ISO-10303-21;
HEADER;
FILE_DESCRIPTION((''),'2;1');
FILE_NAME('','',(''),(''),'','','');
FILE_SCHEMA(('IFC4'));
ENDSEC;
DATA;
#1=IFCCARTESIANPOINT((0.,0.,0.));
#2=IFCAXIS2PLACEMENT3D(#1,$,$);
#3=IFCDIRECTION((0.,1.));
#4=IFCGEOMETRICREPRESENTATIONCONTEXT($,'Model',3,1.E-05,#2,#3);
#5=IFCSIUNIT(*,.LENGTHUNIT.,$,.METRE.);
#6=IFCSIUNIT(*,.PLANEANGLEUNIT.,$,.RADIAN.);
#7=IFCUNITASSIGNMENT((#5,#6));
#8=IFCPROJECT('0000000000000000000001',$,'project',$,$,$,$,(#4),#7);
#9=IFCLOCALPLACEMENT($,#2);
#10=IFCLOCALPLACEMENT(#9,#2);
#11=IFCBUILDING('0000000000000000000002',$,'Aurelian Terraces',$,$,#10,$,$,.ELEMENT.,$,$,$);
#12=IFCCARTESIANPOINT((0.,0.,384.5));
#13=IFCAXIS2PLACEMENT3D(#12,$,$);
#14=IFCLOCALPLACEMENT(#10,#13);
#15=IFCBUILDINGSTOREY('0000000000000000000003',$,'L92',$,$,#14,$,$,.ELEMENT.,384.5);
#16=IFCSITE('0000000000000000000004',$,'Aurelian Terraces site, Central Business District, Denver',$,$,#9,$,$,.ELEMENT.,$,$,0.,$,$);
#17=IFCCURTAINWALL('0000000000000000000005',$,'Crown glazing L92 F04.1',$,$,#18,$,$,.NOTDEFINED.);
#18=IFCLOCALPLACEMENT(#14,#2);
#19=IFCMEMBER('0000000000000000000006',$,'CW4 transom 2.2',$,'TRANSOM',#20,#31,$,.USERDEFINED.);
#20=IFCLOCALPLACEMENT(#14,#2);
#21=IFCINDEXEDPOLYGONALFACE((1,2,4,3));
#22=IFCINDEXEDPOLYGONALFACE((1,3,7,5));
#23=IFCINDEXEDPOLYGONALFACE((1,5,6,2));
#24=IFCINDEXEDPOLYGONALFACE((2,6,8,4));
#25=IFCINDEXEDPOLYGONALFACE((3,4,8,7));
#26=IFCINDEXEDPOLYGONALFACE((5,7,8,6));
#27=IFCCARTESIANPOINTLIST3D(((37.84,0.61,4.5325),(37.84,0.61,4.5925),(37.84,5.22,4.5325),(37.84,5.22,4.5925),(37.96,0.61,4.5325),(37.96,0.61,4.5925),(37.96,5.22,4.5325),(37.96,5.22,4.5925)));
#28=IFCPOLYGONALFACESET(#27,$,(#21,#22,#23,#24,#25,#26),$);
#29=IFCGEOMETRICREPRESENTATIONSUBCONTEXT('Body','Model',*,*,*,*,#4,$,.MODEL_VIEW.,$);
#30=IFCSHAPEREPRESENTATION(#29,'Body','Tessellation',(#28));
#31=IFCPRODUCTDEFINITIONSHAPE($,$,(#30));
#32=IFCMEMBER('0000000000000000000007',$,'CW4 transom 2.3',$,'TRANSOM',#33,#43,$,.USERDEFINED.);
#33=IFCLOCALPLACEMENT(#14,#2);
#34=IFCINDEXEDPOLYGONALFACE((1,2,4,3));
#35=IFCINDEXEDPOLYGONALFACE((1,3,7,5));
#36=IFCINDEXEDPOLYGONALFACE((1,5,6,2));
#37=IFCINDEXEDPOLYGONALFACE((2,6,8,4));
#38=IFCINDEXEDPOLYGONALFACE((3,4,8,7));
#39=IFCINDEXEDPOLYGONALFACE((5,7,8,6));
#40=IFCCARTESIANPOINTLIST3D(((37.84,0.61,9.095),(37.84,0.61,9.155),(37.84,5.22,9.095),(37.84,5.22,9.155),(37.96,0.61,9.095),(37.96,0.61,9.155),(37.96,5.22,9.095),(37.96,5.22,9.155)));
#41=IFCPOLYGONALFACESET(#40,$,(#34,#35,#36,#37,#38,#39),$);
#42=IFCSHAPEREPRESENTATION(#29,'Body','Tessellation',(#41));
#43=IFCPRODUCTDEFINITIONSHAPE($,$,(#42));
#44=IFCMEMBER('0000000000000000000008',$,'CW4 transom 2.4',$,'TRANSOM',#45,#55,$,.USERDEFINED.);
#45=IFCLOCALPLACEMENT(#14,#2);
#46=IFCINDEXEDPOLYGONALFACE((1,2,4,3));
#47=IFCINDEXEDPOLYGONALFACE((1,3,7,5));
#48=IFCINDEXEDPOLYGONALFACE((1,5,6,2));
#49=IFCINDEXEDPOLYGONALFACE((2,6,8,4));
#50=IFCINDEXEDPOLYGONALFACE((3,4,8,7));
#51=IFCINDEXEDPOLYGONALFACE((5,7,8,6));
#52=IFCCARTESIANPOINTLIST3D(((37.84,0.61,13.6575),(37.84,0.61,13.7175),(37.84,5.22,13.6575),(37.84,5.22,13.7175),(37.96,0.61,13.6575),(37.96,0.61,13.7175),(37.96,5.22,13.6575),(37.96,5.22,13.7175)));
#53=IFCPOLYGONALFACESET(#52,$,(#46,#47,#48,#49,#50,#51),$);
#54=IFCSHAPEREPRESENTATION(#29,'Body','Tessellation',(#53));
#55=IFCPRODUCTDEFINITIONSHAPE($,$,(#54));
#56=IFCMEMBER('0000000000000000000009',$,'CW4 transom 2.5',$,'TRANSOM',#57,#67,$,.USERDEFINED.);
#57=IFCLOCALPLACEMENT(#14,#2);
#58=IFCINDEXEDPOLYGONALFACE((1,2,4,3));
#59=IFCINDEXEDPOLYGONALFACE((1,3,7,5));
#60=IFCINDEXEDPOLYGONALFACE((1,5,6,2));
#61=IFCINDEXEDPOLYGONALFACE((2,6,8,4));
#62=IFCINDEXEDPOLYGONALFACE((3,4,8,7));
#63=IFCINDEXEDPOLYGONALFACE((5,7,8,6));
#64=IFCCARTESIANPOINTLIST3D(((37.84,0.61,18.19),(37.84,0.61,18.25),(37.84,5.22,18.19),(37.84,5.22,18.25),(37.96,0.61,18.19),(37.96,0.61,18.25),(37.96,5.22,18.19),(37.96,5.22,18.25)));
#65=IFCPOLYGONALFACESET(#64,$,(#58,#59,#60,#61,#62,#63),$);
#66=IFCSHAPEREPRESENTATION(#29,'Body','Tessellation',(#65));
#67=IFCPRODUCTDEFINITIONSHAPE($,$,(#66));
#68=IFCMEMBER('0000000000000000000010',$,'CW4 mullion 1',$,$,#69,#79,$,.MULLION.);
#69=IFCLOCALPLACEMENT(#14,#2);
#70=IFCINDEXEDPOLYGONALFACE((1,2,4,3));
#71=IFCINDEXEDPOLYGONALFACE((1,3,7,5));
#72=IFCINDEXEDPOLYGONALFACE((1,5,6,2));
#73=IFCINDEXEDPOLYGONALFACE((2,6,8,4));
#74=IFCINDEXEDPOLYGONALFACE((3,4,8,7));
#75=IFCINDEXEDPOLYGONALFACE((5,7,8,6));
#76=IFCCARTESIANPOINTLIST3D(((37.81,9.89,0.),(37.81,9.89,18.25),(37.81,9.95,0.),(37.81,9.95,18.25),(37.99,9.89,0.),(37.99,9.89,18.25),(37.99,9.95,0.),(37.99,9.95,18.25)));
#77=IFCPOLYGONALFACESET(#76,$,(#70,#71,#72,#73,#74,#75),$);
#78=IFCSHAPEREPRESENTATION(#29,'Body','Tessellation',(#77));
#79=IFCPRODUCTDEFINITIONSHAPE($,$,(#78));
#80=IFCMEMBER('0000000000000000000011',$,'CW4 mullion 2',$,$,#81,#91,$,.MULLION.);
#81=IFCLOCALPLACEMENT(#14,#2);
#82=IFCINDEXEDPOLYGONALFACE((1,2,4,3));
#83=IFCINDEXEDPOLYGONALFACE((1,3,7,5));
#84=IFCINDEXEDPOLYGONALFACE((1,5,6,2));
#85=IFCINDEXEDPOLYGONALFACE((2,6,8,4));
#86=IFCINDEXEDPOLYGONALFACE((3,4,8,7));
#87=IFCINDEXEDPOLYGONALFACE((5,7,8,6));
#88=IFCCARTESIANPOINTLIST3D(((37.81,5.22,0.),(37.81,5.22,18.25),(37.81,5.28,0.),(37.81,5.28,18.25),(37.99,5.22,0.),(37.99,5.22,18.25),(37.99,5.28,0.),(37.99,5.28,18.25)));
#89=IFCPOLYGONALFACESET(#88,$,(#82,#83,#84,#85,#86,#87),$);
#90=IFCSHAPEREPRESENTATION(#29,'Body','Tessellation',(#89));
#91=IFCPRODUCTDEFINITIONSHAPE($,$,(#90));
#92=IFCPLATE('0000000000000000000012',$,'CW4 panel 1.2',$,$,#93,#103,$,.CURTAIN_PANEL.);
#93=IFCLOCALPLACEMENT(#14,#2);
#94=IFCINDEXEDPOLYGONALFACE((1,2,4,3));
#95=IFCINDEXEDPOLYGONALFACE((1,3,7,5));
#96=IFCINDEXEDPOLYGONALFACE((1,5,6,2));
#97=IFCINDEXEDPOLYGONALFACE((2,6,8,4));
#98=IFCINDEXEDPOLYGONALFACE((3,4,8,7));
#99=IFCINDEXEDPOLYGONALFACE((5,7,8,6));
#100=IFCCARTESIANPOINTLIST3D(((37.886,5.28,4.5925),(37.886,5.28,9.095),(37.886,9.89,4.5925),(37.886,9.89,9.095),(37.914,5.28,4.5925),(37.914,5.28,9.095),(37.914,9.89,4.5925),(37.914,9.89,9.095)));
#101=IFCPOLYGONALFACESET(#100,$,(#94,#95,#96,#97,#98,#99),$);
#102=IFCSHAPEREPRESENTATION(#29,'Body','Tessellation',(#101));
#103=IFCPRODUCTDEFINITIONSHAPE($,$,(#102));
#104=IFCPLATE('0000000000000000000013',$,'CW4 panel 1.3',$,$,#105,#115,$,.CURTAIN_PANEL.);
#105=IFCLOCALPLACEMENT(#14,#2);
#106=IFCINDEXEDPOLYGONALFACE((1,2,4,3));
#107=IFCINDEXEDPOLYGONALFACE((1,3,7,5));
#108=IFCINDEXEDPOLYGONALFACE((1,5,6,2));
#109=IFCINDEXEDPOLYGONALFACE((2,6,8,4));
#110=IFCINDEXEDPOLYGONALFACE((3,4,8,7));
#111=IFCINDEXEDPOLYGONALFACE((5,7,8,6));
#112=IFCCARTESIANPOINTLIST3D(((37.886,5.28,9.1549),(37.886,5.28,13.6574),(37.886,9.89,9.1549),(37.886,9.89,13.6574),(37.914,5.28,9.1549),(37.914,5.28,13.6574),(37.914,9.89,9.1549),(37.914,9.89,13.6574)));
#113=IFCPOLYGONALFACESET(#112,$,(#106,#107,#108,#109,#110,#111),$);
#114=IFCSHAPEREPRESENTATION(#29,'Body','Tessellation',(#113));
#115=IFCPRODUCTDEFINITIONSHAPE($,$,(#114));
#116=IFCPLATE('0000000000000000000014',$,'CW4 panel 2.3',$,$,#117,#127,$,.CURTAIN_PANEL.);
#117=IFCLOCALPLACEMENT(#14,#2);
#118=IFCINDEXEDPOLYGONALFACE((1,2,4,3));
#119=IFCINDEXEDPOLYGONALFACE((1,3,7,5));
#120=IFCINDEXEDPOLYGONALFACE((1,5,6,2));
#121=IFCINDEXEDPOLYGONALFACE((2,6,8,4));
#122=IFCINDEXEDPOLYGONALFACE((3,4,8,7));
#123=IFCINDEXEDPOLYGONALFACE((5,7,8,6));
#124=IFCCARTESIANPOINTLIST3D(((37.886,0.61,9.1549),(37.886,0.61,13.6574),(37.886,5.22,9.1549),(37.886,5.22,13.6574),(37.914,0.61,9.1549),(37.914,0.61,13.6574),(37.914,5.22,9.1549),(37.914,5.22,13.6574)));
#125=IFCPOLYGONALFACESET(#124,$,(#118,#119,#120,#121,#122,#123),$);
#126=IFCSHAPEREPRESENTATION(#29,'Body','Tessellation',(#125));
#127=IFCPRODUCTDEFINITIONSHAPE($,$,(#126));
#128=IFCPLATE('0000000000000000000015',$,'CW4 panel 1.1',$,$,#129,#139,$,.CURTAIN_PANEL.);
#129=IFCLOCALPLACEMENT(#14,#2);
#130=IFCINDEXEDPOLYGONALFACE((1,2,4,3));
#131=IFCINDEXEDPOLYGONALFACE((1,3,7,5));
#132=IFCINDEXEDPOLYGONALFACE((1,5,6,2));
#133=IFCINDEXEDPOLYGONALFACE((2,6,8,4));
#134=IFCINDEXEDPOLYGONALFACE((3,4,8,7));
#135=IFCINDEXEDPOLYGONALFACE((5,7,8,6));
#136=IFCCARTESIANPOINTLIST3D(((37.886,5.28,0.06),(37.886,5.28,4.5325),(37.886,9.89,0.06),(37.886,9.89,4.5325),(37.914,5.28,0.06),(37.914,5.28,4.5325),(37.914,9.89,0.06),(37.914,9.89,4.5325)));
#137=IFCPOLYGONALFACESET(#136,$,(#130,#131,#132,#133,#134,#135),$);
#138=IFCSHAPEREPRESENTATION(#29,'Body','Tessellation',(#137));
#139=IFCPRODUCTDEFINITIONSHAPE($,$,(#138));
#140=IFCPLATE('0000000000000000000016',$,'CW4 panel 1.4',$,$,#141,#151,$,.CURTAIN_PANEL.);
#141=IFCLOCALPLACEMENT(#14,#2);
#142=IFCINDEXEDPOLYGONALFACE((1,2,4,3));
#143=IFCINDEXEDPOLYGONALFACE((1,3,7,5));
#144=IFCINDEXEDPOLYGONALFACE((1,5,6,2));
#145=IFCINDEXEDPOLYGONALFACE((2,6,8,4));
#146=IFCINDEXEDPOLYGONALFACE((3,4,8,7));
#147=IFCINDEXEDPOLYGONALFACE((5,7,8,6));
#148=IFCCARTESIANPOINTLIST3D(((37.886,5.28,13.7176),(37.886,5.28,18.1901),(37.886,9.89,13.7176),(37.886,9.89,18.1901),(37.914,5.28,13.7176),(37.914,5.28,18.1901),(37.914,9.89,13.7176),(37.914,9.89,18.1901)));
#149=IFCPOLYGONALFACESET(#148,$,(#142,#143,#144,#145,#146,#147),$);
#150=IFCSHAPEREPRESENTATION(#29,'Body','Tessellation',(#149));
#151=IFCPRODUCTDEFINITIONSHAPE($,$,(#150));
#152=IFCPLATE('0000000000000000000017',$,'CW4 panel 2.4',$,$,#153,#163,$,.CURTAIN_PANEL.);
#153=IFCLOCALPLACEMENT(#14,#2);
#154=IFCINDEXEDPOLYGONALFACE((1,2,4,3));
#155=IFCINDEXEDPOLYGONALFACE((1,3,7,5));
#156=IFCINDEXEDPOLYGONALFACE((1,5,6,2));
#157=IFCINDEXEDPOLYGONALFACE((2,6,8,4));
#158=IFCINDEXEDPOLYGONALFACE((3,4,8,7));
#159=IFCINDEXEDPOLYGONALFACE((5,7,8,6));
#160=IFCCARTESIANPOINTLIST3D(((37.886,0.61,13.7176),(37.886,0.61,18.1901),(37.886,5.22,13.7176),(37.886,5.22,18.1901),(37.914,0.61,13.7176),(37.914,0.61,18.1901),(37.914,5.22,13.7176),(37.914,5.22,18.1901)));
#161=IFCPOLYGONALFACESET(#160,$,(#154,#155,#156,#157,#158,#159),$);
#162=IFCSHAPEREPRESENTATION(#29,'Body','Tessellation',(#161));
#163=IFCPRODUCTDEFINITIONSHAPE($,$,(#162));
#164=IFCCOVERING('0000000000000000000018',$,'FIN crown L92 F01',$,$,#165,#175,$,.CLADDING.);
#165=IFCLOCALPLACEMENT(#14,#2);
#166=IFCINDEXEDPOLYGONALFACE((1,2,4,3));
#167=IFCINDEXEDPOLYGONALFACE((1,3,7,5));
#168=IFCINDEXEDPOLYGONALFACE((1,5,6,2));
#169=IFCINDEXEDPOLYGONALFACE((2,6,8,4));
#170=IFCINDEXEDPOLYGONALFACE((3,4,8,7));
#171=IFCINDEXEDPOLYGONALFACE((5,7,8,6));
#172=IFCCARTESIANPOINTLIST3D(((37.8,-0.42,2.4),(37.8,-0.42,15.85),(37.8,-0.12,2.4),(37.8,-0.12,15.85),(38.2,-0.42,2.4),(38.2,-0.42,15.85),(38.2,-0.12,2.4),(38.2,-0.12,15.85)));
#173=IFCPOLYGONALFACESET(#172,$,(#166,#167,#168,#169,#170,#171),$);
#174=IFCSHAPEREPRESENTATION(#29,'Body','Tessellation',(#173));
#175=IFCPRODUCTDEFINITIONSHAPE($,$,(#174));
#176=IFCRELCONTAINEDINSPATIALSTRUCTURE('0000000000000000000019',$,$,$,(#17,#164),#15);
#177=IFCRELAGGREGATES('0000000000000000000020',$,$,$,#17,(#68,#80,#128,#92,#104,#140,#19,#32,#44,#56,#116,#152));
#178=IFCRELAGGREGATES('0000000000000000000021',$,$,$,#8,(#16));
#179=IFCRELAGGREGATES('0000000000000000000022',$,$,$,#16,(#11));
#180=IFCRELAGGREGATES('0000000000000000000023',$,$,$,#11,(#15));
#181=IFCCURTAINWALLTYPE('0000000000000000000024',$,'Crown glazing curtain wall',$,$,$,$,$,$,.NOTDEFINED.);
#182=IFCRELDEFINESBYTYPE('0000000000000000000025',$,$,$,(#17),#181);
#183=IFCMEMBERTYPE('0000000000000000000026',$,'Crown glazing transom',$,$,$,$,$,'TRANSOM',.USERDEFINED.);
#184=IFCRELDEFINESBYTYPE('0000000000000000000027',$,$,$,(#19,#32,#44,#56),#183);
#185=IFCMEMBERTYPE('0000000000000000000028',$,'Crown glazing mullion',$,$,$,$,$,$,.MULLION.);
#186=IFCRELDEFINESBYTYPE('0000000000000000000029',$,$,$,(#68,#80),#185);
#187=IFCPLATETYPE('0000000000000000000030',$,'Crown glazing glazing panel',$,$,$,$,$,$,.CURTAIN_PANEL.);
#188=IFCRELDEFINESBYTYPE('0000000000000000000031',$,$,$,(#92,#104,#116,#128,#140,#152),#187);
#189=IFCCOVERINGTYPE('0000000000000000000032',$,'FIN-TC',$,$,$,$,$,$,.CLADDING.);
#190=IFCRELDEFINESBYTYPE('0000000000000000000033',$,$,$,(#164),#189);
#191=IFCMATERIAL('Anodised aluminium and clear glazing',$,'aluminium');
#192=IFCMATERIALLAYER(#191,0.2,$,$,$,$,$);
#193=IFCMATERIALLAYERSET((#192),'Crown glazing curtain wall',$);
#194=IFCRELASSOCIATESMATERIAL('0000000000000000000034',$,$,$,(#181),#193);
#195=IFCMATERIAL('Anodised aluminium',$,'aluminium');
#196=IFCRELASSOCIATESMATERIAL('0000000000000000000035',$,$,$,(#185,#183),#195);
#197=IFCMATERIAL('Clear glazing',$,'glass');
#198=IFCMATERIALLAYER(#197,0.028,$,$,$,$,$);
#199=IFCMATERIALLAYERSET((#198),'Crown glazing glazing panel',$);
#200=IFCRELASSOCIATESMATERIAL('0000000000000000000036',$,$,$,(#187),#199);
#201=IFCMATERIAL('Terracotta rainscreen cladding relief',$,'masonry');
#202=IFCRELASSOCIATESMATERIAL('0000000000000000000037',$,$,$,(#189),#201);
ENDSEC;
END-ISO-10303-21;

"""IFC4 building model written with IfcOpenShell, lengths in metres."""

from ifc_helpers import new_model, si_unit, direction, frame, origin, origin_2d, place, context, subcontext, project, spatial, rectangle, extrude, source, transform, mapped, material, layer, layer_set, material_profile, profile_set, type_object, element, aggregate, save


model = new_model("IFC4")

# Units and contexts
model_context = context("Model", 3, precision=1e-05, world=origin(), true_north=direction((0.0, 1.0)))
body_context = subcontext(model_context, "Body", "Model", "MODEL_VIEW")
ifc_project = project(units=[si_unit("LENGTHUNIT", "METRE"), si_unit("PLANEANGLEUNIT", "RADIAN")], contexts=[model_context])

# Site, building, storey
site_placement = place(None, origin())
site = spatial("IfcSite", under=ifc_project, at=site_placement, Name="Aurelian Terraces site, Central Business District, Denver", CompositionType="ELEMENT", RefElevation=0.0)
building_placement = place(site_placement, origin())
building = spatial("IfcBuilding", under=site, at=building_placement, Name="Aurelian Terraces", CompositionType="ELEMENT")
storey_placement = place(building_placement, frame((0.0, 0.0, 384.5)))
storey = spatial("IfcBuildingStorey", under=building, at=storey_placement, Name="L92", CompositionType="ELEMENT", Elevation=384.5)

# Shared definitions
ifc_material_1 = material(Name="Anodised aluminium and clear glazing", Category="aluminium")
ifc_layer_1 = layer(ifc_material_1, 0.2)
ifc_layer_set_1 = layer_set([ifc_layer_1], Name="Crown glazing curtain wall")
curtain_wall_type = type_object("IfcCurtainWallType", Name="Crown glazing curtain wall", PredefinedType="NOTDEFINED", material=ifc_layer_set_1)
ifc_material_2 = material(Name="Anodised aluminium", Category="aluminium")
ifc_material_profile_1 = material_profile(ifc_material_2, rectangle(XDim=0.18, YDim=0.06, at=origin_2d()))
ifc_profile_set_1 = profile_set([ifc_material_profile_1], Name="Anodised aluminium")
member_type_1 = type_object("IfcMemberType", Name="Crown glazing mullion", PredefinedType="MULLION", material=ifc_profile_set_1)
ifc_material_profile_2 = material_profile(ifc_material_2, rectangle(XDim=0.12, YDim=0.06, at=origin_2d()))
ifc_profile_set_2 = profile_set([ifc_material_profile_2], Name="Anodised aluminium")
member_type_2 = type_object("IfcMemberType", Name="Crown glazing transom", ElementType="TRANSOM", PredefinedType="USERDEFINED", material=ifc_profile_set_2)

# Curtain wall, members, plates
curtain_wall_1_placement = place(storey_placement, origin())
curtain_wall_1 = element("IfcCurtainWall", 1, at=curtain_wall_1_placement, inside=storey, type_object=curtain_wall_type, Name="Crown glazing L92 F04.1", PredefinedType="NOTDEFINED")
shared_shape_1 = source(origin(), body_context, "Body", "SweptSolid", [
    extrude(rectangle(XDim=0.12, YDim=0.06, at=origin_2d()), origin(), (0.0, 0.0, 1.0), 4.61),
])
member_1_placement = place(storey_placement, frame((37.9, 5.22, 4.5625), z_axis=(0.0, -1.0, 0.0), x_axis=(1.0, 0.0, 0.0)))
member_1 = element("IfcMember", 2, at=member_1_placement, type_object=member_type_2, Name="CW4 transom 2.2", ObjectType="TRANSOM", PredefinedType="USERDEFINED", context=body_context, shape_type="MappedRepresentation", body=[
    mapped(shared_shape_1, transform((0.0, 0.0, 0.0), scale=1.0)),
])
member_2_placement = place(storey_placement, frame((37.9, 5.22, 9.125), z_axis=(0.0, -1.0, 0.0), x_axis=(1.0, 0.0, 0.0)))
member_2 = element("IfcMember", 3, at=member_2_placement, type_object=member_type_2, Name="CW4 transom 2.3", ObjectType="TRANSOM", PredefinedType="USERDEFINED", context=body_context, shape_type="MappedRepresentation", body=[
    mapped(shared_shape_1, transform((0.0, 0.0, 0.0), scale=1.0)),
])
member_3_placement = place(storey_placement, frame((37.9, 5.22, 13.6875), z_axis=(0.0, -1.0, 0.0), x_axis=(1.0, 0.0, 0.0)))
member_3 = element("IfcMember", 4, at=member_3_placement, type_object=member_type_2, Name="CW4 transom 2.4", ObjectType="TRANSOM", PredefinedType="USERDEFINED", context=body_context, shape_type="MappedRepresentation", body=[
    mapped(shared_shape_1, transform((0.0, 0.0, 0.0), scale=1.0)),
])
member_4_placement = place(storey_placement, frame((37.9, 5.22, 18.22), z_axis=(0.0, -1.0, 0.0), x_axis=(1.0, 0.0, 0.0)))
member_4 = element("IfcMember", 5, at=member_4_placement, type_object=member_type_2, Name="CW4 transom 2.5", ObjectType="TRANSOM", PredefinedType="USERDEFINED", context=body_context, shape_type="MappedRepresentation", body=[
    mapped(shared_shape_1, transform((0.0, 0.0, 0.0), scale=1.0)),
])
shared_shape_2 = source(origin(), body_context, "Body", "SweptSolid", [
    extrude(rectangle(XDim=0.18, YDim=0.06, at=origin_2d()), origin(), (0.0, 0.0, 1.0), 18.25),
])
member_5_placement = place(storey_placement, frame((37.9, 9.92, 0.0), z_axis=(0.0, 0.0, 1.0), x_axis=(1.0, 0.0, 0.0)))
member_5 = element("IfcMember", 6, at=member_5_placement, type_object=member_type_1, Name="CW4 mullion 1", PredefinedType="MULLION", context=body_context, shape_type="MappedRepresentation", body=[
    mapped(shared_shape_2, transform((0.0, 0.0, 0.0), scale=1.0)),
])
member_6_placement = place(storey_placement, frame((37.9, 5.25, 0.0), z_axis=(0.0, 0.0, 1.0), x_axis=(1.0, 0.0, 0.0)))
member_6 = element("IfcMember", 7, at=member_6_placement, type_object=member_type_1, Name="CW4 mullion 2", PredefinedType="MULLION", context=body_context, shape_type="MappedRepresentation", body=[
    mapped(shared_shape_2, transform((0.0, 0.0, 0.0), scale=1.0)),
])
ifc_material_3 = material(Name="Clear glazing", Category="glass")
ifc_layer_2 = layer(ifc_material_3, 0.028)
ifc_layer_set_2 = layer_set([ifc_layer_2], Name="Crown glazing glazing panel")
plate_type = type_object("IfcPlateType", Name="Crown glazing glazing panel", PredefinedType="CURTAIN_PANEL", material=ifc_layer_set_2)
shared_shape_3 = source(origin(), body_context, "Body", "SweptSolid", [
    extrude(rectangle(XDim=4.61, YDim=0.028, at=origin_2d()), origin(), (0.0, 0.0, 1.0), 4.5025),
])
plate_1_placement = place(storey_placement, frame((37.9, 7.585, 4.5925), z_axis=(0.0, 0.0, 1.0), x_axis=(0.0, -1.0, 0.0)))
plate_1 = element("IfcPlate", 8, at=plate_1_placement, type_object=plate_type, Name="CW4 panel 1.2", PredefinedType="CURTAIN_PANEL", context=body_context, shape_type="MappedRepresentation", body=[
    mapped(shared_shape_3, transform((0.0, 0.0, 0.0), scale=1.0)),
])
plate_2_placement = place(storey_placement, frame((37.9, 7.585, 9.1549), z_axis=(0.0, 0.0, 1.0), x_axis=(0.0, -1.0, 0.0)))
plate_2 = element("IfcPlate", 9, at=plate_2_placement, type_object=plate_type, Name="CW4 panel 1.3", PredefinedType="CURTAIN_PANEL", context=body_context, shape_type="MappedRepresentation", body=[
    mapped(shared_shape_3, transform((0.0, 0.0, 0.0), scale=1.0)),
])
plate_3_placement = place(storey_placement, frame((37.9, 2.915, 9.1549), z_axis=(0.0, 0.0, 1.0), x_axis=(0.0, -1.0, 0.0)))
plate_3 = element("IfcPlate", 10, at=plate_3_placement, type_object=plate_type, Name="CW4 panel 2.3", PredefinedType="CURTAIN_PANEL", context=body_context, shape_type="MappedRepresentation", body=[
    mapped(shared_shape_3, transform((0.0, 0.0, 0.0), scale=1.0)),
])
shared_shape_4 = source(origin(), body_context, "Body", "SweptSolid", [
    extrude(rectangle(XDim=4.61, YDim=0.028, at=origin_2d()), origin(), (0.0, 0.0, 1.0), 4.4725),
])
plate_4_placement = place(storey_placement, frame((37.9, 7.585, 0.06), z_axis=(0.0, 0.0, 1.0), x_axis=(0.0, -1.0, 0.0)))
plate_4 = element("IfcPlate", 11, at=plate_4_placement, type_object=plate_type, Name="CW4 panel 1.1", PredefinedType="CURTAIN_PANEL", context=body_context, shape_type="MappedRepresentation", body=[
    mapped(shared_shape_4, transform((0.0, 0.0, 0.0), scale=1.0)),
])
plate_5_placement = place(storey_placement, frame((37.9, 7.585, 13.7176), z_axis=(0.0, 0.0, 1.0), x_axis=(0.0, -1.0, 0.0)))
plate_5 = element("IfcPlate", 12, at=plate_5_placement, type_object=plate_type, Name="CW4 panel 1.4", PredefinedType="CURTAIN_PANEL", context=body_context, shape_type="MappedRepresentation", body=[
    mapped(shared_shape_4, transform((0.0, 0.0, 0.0), scale=1.0)),
])
plate_6_placement = place(storey_placement, frame((37.9, 2.915, 13.7176), z_axis=(0.0, 0.0, 1.0), x_axis=(0.0, -1.0, 0.0)))
plate_6 = element("IfcPlate", 13, at=plate_6_placement, type_object=plate_type, Name="CW4 panel 2.4", PredefinedType="CURTAIN_PANEL", context=body_context, shape_type="MappedRepresentation", body=[
    mapped(shared_shape_4, transform((0.0, 0.0, 0.0), scale=1.0)),
])
aggregate(curtain_wall_1, [member_5, member_6, plate_4, plate_1, plate_2, plate_5, member_1, member_2, member_3, member_4, plate_3, plate_6])

# Covering
ifc_material_4 = material(Name="Terracotta rainscreen cladding relief", Category="masonry")
covering_type = type_object("IfcCoveringType", Name="FIN-TC", PredefinedType="CLADDING", material=ifc_material_4)
covering_placement = place(storey_placement, frame((38.0, -0.27, 2.4), z_axis=(0.0, 0.0, 1.0), x_axis=(1.0, 0.0, 0.0)))
element("IfcCovering", 14, at=covering_placement, inside=storey, type_object=covering_type, Name="FIN crown L92 F01", PredefinedType="CLADDING", context=body_context, shape_type="SweptSolid", body=[
    extrude(rectangle(XDim=0.4, YDim=0.3, at=origin_2d()), origin(), (0.0, 0.0, 1.0), 13.45),
])

save(model, "model.ifc")
